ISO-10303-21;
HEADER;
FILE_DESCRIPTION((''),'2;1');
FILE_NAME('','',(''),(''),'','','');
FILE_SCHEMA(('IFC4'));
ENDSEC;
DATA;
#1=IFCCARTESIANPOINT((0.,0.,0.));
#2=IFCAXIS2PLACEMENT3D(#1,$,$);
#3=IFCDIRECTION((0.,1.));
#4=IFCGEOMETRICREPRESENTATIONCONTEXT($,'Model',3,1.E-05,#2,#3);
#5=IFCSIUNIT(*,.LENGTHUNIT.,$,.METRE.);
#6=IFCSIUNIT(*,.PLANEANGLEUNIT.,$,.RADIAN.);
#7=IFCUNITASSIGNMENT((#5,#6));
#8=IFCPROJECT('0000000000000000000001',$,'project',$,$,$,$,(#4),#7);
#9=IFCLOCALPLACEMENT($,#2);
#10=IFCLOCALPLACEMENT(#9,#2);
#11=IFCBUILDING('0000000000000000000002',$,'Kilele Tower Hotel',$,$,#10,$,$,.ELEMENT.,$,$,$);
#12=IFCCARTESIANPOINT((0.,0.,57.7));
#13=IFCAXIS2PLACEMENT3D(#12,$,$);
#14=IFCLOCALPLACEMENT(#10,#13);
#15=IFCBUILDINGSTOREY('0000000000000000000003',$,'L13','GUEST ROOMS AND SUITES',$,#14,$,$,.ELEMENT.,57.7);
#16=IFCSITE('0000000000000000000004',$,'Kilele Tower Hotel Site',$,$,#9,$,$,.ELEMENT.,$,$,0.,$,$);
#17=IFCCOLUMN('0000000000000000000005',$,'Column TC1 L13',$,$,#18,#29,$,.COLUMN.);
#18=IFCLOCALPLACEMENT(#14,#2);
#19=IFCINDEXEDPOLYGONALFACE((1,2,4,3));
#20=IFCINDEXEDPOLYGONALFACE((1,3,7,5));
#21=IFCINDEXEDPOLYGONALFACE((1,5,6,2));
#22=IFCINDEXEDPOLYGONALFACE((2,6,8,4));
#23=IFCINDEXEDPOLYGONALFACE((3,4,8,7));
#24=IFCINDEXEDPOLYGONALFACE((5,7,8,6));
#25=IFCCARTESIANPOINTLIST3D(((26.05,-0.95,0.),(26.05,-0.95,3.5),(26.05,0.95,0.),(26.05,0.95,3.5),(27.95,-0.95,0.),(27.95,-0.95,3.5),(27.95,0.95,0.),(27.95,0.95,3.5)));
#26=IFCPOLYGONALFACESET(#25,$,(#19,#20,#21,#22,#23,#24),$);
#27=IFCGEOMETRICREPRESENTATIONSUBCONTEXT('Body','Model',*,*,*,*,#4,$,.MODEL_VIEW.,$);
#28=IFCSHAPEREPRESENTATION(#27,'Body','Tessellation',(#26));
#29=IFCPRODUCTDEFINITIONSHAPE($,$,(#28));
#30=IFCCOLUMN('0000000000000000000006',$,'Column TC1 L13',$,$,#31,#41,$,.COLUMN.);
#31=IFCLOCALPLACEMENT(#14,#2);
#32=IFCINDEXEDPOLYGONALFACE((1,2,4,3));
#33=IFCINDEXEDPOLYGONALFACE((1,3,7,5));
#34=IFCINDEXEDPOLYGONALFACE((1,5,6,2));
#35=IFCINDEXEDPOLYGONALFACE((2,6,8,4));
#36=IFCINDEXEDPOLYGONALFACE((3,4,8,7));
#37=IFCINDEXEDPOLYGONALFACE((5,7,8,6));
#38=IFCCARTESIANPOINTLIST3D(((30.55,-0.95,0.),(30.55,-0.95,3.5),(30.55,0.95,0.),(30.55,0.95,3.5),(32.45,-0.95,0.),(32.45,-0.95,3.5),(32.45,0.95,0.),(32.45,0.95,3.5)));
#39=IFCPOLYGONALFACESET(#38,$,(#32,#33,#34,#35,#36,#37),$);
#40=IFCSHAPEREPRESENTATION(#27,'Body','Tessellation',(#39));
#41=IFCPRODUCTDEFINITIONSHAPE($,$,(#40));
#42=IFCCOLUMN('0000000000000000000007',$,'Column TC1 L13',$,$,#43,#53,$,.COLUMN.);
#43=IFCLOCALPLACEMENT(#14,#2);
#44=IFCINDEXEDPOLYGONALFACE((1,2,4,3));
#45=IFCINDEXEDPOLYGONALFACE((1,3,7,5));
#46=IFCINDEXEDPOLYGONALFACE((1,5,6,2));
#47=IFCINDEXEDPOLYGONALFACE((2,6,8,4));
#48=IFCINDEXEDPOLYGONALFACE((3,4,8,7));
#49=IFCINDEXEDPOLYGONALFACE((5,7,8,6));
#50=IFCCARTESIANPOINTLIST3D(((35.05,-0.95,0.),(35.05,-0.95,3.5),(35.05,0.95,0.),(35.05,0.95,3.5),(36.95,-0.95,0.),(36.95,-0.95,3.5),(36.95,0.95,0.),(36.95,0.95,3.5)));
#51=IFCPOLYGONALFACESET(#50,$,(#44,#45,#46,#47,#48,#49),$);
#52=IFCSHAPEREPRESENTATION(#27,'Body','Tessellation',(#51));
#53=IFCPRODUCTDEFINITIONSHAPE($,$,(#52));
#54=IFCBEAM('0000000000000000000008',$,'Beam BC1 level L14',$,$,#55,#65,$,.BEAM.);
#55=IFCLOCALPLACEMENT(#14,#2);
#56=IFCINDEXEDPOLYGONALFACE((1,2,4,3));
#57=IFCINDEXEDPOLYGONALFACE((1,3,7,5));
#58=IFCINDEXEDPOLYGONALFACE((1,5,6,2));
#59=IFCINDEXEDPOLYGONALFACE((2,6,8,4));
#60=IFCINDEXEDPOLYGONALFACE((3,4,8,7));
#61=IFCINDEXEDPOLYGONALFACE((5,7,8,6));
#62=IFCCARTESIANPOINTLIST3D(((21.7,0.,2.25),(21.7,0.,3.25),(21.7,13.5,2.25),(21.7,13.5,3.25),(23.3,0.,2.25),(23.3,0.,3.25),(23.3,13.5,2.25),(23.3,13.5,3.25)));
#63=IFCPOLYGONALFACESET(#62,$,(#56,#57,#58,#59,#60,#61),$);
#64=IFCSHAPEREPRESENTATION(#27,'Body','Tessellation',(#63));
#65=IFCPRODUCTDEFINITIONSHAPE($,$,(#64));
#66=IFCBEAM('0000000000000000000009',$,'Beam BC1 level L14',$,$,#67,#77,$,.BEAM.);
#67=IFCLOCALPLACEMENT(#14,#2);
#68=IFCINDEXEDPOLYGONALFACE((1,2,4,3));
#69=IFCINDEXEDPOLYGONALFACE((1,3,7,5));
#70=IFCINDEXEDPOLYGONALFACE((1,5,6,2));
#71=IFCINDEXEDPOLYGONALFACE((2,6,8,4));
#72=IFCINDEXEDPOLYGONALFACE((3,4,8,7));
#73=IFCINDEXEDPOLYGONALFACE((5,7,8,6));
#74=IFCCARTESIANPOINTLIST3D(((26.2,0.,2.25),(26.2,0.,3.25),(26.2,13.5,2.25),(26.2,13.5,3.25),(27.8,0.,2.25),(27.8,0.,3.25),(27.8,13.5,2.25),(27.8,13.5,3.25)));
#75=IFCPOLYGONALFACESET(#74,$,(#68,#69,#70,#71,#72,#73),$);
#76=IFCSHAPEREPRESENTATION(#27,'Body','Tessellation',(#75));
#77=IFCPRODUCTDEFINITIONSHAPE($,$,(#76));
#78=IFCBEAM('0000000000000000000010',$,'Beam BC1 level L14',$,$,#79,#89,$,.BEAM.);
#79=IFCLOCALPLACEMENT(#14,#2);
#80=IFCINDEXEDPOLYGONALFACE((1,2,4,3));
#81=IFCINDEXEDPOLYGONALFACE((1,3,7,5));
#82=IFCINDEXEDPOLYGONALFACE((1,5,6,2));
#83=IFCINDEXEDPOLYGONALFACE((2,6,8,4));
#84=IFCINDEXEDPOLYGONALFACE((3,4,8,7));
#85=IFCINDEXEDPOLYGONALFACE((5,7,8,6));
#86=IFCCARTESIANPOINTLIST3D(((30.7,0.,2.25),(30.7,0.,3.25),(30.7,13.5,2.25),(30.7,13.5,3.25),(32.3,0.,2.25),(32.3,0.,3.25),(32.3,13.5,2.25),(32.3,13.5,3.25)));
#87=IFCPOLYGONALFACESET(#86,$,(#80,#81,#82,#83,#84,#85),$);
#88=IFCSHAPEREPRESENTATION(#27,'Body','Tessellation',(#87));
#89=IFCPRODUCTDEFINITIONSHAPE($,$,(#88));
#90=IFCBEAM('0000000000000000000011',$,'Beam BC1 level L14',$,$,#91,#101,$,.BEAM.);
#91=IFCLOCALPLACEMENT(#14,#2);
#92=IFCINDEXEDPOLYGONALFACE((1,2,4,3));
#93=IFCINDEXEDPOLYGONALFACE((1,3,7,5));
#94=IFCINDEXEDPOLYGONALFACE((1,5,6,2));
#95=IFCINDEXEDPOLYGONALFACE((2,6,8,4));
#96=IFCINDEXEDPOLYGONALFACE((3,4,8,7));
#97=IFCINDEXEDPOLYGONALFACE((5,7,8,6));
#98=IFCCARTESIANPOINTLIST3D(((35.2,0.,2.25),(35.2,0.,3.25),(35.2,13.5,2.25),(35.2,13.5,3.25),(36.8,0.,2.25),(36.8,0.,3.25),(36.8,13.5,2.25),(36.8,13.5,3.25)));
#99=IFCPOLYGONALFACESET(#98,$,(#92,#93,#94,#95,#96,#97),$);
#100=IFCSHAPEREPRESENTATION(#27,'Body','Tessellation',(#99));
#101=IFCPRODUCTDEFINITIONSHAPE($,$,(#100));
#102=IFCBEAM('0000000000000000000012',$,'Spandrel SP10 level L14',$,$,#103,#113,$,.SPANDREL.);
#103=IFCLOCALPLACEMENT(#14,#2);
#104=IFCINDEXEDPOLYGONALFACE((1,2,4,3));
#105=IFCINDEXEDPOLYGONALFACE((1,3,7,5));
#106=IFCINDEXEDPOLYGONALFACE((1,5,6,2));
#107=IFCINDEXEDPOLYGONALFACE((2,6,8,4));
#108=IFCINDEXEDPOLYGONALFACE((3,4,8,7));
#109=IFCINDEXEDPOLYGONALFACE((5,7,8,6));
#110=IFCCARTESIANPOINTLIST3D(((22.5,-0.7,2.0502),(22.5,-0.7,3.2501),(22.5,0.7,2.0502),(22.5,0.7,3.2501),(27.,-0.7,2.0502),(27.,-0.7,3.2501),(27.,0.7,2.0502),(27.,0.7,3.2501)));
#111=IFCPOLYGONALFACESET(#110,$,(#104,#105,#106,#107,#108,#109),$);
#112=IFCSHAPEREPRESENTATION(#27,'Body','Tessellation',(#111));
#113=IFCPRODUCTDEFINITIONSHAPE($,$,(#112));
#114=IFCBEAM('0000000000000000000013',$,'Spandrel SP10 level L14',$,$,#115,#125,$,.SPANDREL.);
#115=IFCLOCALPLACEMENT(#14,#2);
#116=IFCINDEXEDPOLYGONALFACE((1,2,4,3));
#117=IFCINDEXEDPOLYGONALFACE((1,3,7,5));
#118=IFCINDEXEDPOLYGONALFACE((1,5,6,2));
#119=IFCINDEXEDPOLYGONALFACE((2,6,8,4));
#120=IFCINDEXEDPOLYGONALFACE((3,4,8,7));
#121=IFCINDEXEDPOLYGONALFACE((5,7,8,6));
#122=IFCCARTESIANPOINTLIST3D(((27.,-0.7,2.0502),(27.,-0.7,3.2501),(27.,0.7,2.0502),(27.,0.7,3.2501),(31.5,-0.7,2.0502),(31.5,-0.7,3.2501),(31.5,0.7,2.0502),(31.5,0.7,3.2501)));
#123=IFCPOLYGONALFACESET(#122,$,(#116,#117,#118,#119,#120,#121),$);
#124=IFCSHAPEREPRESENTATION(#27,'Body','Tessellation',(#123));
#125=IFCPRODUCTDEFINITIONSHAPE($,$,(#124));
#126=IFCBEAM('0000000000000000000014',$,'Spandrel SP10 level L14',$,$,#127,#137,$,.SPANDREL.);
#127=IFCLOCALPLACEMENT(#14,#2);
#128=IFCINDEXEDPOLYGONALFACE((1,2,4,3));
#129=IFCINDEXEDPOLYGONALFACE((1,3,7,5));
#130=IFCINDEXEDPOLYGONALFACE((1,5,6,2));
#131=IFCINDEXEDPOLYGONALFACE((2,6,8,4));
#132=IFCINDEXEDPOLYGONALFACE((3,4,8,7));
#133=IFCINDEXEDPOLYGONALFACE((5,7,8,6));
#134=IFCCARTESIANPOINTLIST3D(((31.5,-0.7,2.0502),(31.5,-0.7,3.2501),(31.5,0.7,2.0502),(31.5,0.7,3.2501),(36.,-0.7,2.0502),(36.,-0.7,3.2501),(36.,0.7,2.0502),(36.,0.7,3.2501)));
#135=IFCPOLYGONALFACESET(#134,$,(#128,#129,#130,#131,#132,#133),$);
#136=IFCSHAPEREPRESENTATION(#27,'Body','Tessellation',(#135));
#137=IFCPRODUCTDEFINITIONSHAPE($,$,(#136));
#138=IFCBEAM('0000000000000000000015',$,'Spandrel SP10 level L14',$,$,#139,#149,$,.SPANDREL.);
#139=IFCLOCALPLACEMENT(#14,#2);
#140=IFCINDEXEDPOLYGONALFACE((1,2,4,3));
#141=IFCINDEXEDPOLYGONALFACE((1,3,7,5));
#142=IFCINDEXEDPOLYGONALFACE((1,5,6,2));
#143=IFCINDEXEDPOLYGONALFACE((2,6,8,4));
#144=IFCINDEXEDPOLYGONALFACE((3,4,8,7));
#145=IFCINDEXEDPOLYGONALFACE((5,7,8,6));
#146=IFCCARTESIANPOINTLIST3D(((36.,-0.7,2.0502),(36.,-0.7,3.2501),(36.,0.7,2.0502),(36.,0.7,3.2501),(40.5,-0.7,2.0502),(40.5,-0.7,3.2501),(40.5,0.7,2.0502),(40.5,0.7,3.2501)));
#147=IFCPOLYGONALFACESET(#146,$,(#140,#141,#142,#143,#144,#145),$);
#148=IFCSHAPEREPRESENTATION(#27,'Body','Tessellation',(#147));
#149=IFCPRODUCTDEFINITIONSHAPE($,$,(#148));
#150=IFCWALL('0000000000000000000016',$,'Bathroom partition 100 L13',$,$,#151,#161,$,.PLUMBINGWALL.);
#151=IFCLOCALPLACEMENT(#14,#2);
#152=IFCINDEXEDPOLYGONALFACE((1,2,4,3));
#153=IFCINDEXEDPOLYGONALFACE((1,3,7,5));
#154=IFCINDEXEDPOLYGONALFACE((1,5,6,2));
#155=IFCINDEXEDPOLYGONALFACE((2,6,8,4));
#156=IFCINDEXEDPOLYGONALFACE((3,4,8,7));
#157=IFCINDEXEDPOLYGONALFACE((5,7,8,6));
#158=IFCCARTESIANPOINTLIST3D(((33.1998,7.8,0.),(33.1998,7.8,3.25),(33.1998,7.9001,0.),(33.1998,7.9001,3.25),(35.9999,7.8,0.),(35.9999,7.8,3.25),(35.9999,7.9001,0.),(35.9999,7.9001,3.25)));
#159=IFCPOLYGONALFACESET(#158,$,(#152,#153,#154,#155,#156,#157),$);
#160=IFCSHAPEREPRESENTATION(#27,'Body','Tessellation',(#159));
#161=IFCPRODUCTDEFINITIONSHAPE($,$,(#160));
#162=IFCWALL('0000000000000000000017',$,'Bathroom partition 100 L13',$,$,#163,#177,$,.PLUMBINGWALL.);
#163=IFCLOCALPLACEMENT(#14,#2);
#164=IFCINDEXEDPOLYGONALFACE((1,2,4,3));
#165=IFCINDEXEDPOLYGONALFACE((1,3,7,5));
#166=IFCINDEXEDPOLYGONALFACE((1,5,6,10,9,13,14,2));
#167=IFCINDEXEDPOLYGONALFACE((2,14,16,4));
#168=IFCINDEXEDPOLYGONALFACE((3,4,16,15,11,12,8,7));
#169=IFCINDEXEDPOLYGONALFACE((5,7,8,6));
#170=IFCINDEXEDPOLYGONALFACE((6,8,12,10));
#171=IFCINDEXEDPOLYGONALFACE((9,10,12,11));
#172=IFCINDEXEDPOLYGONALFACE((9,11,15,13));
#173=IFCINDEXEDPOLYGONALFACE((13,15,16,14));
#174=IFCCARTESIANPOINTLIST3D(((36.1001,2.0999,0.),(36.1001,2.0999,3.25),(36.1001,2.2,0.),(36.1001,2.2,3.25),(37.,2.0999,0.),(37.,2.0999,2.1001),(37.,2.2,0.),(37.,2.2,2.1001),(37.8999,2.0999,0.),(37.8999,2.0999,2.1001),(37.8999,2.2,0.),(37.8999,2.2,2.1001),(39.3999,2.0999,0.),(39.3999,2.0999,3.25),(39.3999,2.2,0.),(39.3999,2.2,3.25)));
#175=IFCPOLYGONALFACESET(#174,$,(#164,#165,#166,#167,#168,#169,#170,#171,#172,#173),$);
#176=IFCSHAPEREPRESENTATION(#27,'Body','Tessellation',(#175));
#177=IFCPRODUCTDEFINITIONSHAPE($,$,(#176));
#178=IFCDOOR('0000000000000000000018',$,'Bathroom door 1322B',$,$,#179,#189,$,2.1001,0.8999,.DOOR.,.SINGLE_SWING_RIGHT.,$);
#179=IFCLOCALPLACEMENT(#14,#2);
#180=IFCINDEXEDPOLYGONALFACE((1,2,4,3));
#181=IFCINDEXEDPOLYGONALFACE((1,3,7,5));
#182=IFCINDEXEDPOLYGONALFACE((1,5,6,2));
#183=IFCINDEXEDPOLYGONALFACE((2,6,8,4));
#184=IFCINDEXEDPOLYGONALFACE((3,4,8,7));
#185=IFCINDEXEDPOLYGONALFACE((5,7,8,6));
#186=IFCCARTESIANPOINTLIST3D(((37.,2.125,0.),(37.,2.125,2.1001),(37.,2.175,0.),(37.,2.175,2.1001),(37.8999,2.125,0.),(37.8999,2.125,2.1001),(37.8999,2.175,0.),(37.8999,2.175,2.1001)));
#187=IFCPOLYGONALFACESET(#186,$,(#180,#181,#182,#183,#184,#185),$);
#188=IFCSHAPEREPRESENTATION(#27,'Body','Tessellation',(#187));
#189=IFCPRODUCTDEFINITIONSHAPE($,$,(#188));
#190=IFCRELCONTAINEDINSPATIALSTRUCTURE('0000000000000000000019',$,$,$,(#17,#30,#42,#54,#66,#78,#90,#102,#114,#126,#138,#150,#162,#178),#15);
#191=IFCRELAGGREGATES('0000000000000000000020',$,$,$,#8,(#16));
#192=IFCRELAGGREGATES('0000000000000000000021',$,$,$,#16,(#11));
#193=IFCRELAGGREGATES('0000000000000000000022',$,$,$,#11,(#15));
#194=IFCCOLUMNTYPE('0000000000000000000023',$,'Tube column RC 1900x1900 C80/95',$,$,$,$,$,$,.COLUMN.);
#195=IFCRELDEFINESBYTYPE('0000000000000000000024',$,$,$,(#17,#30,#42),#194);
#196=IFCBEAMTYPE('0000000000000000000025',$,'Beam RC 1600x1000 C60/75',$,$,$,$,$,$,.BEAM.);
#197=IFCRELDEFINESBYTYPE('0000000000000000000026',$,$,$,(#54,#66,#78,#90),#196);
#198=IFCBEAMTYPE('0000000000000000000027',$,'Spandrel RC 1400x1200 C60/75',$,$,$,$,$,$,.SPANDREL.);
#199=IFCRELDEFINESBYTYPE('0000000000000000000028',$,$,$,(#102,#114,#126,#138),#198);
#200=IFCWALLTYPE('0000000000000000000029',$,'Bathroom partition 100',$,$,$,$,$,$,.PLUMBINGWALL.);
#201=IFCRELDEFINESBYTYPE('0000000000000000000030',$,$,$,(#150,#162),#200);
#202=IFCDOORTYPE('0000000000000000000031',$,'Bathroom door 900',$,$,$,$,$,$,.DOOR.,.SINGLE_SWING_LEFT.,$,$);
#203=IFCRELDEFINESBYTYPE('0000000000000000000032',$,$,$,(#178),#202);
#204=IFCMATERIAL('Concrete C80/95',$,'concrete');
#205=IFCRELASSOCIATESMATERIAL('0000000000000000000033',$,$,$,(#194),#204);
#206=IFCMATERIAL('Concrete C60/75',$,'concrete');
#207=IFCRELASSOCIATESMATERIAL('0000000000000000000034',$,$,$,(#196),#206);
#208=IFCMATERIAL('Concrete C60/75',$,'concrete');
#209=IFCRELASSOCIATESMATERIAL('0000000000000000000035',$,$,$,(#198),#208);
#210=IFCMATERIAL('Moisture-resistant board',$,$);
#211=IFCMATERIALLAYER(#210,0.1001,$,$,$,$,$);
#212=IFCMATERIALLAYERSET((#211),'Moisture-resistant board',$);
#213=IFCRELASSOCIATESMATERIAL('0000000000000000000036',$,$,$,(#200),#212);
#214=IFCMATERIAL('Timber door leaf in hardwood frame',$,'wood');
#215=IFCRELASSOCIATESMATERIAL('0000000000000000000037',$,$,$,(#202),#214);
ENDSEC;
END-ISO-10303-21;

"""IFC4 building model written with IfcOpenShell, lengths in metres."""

from ifc_helpers import new_model, si_unit, direction, frame, frame_2d, origin, origin_2d, place, context, subcontext, project, spatial, rectangle, extrude, material, layer, layer_set, material_profile, profile_set, type_object, element, fill, save


model = new_model("IFC4")

# Units and contexts
model_context = context("Model", 3, precision=1e-05, world=origin(), true_north=direction((0.0, 1.0)))
body_context = subcontext(model_context, "Body", "Model", "MODEL_VIEW")
ifc_project = project(units=[si_unit("LENGTHUNIT", "METRE"), si_unit("PLANEANGLEUNIT", "RADIAN")], contexts=[model_context])

# Site, building, storey
site_placement = place(None, origin())
site = spatial("IfcSite", under=ifc_project, at=site_placement, Name="Kilele Tower Hotel Site", CompositionType="ELEMENT", RefElevation=0.0)
building_placement = place(site_placement, origin())
building = spatial("IfcBuilding", under=site, at=building_placement, Name="Kilele Tower Hotel", CompositionType="ELEMENT")
storey_placement = place(building_placement, frame((0.0, 0.0, 57.7)))
storey = spatial("IfcBuildingStorey", under=building, at=storey_placement, Name="L13", Description="GUEST ROOMS AND SUITES", CompositionType="ELEMENT", Elevation=57.7)

# Columns
ifc_material_1 = material(Name="Concrete C80/95", Category="concrete")
ifc_material_profile_1 = material_profile(ifc_material_1, rectangle(XDim=1.8999, YDim=1.8999, at=origin_2d()))
ifc_profile_set_1 = profile_set([ifc_material_profile_1], Name="Concrete C80/95")
column_type = type_object("IfcColumnType", Name="Tube column RC 1900x1900 C80/95", PredefinedType="COLUMN", material=ifc_profile_set_1)
for number, where, z_axis, x_axis, name in (
    (1, (27.0, 0.0, 0.0), (0.0, 0.0, 1.0), (1.0, 0.0, 0.0), "Column TC1 L13"),
    (2, (31.5, 0.0, 0.0), (0.0, 0.0, 1.0), (1.0, 0.0, 0.0), "Column TC1 L13"),
    (3, (36.0, 0.0, 0.0), (0.0, 0.0, 1.0), (1.0, 0.0, 0.0), "Column TC1 L13"),
):
    element("IfcColumn", number, at=place(storey_placement, frame(where, z_axis=z_axis, x_axis=x_axis)), inside=storey, type_object=column_type, Name=name, PredefinedType="COLUMN", context=body_context, shape_type="SweptSolid", body=[
        extrude(rectangle(XDim=1.8999, YDim=1.8999, at=origin_2d()), origin(), (0.0, 0.0, 1.0), 3.5),
    ])

# Beams
ifc_material_2 = material(Name="Concrete C60/75", Category="concrete")
ifc_material_profile_2 = material_profile(ifc_material_2, rectangle(XDim=1.6001, YDim=1.0, at=origin_2d()))
ifc_profile_set_2 = profile_set([ifc_material_profile_2], Name="Concrete C60/75")
beam_type_1 = type_object("IfcBeamType", Name="Beam RC 1600x1000 C60/75", PredefinedType="BEAM", material=ifc_profile_set_2)
for number, where, z_axis, x_axis, name in (
    (4, (22.5, 0.0, 2.75), (0.0, 1.0, 0.0), (-1.0, 0.0, 0.0), "Beam BC1 level L14"),
    (5, (27.0, 0.0, 2.75), (0.0, 1.0, 0.0), (-1.0, 0.0, 0.0), "Beam BC1 level L14"),
    (6, (31.5, 0.0, 2.75), (0.0, 1.0, 0.0), (-1.0, 0.0, 0.0), "Beam BC1 level L14"),
    (7, (36.0, 0.0, 2.75), (0.0, 1.0, 0.0), (-1.0, 0.0, 0.0), "Beam BC1 level L14"),
):
    element("IfcBeam", number, at=place(storey_placement, frame(where, z_axis=z_axis, x_axis=x_axis)), inside=storey, type_object=beam_type_1, Name=name, PredefinedType="BEAM", context=body_context, shape_type="SweptSolid", body=[
        extrude(rectangle(XDim=1.6001, YDim=1.0, at=origin_2d()), origin(), (0.0, 0.0, 1.0), 13.5),
    ])
ifc_material_3 = material(Name="Concrete C60/75", Category="concrete")
ifc_material_profile_3 = material_profile(ifc_material_3, rectangle(XDim=1.3999, YDim=1.2, at=origin_2d()))
ifc_profile_set_3 = profile_set([ifc_material_profile_3], Name="Concrete C60/75")
beam_type_2 = type_object("IfcBeamType", Name="Spandrel RC 1400x1200 C60/75", PredefinedType="SPANDREL", material=ifc_profile_set_3)
for number, where, z_axis, x_axis, name in (
    (8, (22.5, 0.0, 2.6501), (1.0, 0.0, 0.0), (0.0, 1.0, 0.0), "Spandrel SP10 level L14"),
    (9, (27.0, 0.0, 2.6501), (1.0, 0.0, 0.0), (0.0, 1.0, 0.0), "Spandrel SP10 level L14"),
    (10, (31.5, 0.0, 2.6501), (1.0, 0.0, 0.0), (0.0, 1.0, 0.0), "Spandrel SP10 level L14"),
    (11, (36.0, 0.0, 2.6501), (1.0, 0.0, 0.0), (0.0, 1.0, 0.0), "Spandrel SP10 level L14"),
):
    element("IfcBeam", number, at=place(storey_placement, frame(where, z_axis=z_axis, x_axis=x_axis)), inside=storey, type_object=beam_type_2, Name=name, PredefinedType="SPANDREL", context=body_context, shape_type="SweptSolid", body=[
        extrude(rectangle(XDim=1.3999, YDim=1.2, at=origin_2d()), origin(), (0.0, 0.0, 1.0), 4.5),
    ])

# Wall
ifc_material_4 = material(Name="Moisture-resistant board")
ifc_layer_1 = layer(ifc_material_4, 0.1001)
ifc_layer_set_1 = layer_set([ifc_layer_1], Name="Moisture-resistant board")
wall_type_1 = type_object("IfcWallType", Name="Bathroom partition 100", PredefinedType="PLUMBINGWALL", material=ifc_layer_set_1)
wall_1_placement = place(storey_placement, frame((33.2, 7.8501, 0.0), z_axis=(0.0, 0.0, 1.0), x_axis=(1.0, 0.0, 0.0)))
element("IfcWall", 12, at=wall_1_placement, inside=storey, type_object=wall_type_1, Name="Bathroom partition 100 L13", PredefinedType="PLUMBINGWALL", context=body_context, shape_type="SweptSolid", body=[
    extrude(rectangle(XDim=2.8, YDim=0.1001, at=frame_2d((1.3999, 0.0))), origin(), (0.0, 0.0, 1.0), 3.25),
])

# Wall, opening, door
wall_2_placement = place(storey_placement, frame((36.1001, 2.1499, 0.0), z_axis=(0.0, 0.0, 1.0), x_axis=(1.0, 0.0, 0.0)))
wall_2 = element("IfcWall", 13, at=wall_2_placement, inside=storey, type_object=wall_type_1, Name="Bathroom partition 100 L13", PredefinedType="PLUMBINGWALL", context=body_context, shape_type="SweptSolid", body=[
    extrude(rectangle(XDim=3.2998, YDim=0.1001, at=frame_2d((1.6499, 0.0))), origin(), (0.0, 0.0, 1.0), 3.25),
])
opening_1_placement = place(wall_2_placement, frame((1.7998, 0.0, 0.0), z_axis=(0.0, 0.0, 1.0), x_axis=(-1.0, 0.0, 0.0)))
opening_1 = element("IfcOpeningElement", 14, at=opening_1_placement, cuts=wall_2, PredefinedType="OPENING", context=body_context, shape_type="SweptSolid", body=[
    extrude(rectangle(XDim=0.8999, YDim=2.1001, at=frame_2d((0.45, 1.05))), frame((0.0, 0.0601, 0.0), z_axis=(0.0, -1.0, 0.0), x_axis=(1.0, 0.0, 0.0)), (0.0, 0.0, 1.0), 0.1201),
])
ifc_material_5 = material(Name="Timber door leaf in hardwood frame", Category="wood")
door_type_1 = type_object("IfcDoorType", Name="Bathroom door 900", OperationType="SINGLE_SWING_LEFT", PredefinedType="DOOR", material=ifc_material_5)
door_1_placement = place(opening_1_placement, origin())
door_1 = element("IfcDoor", 15, at=door_1_placement, inside=storey, type_object=door_type_1, Name="Bathroom door 1322B", OperationType="SINGLE_SWING_RIGHT", OverallHeight=2.1001, OverallWidth=0.8999, PredefinedType="DOOR", context=body_context, shape_type="SweptSolid", body=[
    extrude(rectangle(XDim=0.8999, YDim=2.1001, at=frame_2d((0.45, 1.05))), frame((0.0, 0.0249, 0.0), z_axis=(0.0, -1.0, 0.0), x_axis=(1.0, 0.0, 0.0)), (0.0, 0.0, 1.0), 0.05),
])
fill(opening_1, door_1)

save(model, "model.ifc")
